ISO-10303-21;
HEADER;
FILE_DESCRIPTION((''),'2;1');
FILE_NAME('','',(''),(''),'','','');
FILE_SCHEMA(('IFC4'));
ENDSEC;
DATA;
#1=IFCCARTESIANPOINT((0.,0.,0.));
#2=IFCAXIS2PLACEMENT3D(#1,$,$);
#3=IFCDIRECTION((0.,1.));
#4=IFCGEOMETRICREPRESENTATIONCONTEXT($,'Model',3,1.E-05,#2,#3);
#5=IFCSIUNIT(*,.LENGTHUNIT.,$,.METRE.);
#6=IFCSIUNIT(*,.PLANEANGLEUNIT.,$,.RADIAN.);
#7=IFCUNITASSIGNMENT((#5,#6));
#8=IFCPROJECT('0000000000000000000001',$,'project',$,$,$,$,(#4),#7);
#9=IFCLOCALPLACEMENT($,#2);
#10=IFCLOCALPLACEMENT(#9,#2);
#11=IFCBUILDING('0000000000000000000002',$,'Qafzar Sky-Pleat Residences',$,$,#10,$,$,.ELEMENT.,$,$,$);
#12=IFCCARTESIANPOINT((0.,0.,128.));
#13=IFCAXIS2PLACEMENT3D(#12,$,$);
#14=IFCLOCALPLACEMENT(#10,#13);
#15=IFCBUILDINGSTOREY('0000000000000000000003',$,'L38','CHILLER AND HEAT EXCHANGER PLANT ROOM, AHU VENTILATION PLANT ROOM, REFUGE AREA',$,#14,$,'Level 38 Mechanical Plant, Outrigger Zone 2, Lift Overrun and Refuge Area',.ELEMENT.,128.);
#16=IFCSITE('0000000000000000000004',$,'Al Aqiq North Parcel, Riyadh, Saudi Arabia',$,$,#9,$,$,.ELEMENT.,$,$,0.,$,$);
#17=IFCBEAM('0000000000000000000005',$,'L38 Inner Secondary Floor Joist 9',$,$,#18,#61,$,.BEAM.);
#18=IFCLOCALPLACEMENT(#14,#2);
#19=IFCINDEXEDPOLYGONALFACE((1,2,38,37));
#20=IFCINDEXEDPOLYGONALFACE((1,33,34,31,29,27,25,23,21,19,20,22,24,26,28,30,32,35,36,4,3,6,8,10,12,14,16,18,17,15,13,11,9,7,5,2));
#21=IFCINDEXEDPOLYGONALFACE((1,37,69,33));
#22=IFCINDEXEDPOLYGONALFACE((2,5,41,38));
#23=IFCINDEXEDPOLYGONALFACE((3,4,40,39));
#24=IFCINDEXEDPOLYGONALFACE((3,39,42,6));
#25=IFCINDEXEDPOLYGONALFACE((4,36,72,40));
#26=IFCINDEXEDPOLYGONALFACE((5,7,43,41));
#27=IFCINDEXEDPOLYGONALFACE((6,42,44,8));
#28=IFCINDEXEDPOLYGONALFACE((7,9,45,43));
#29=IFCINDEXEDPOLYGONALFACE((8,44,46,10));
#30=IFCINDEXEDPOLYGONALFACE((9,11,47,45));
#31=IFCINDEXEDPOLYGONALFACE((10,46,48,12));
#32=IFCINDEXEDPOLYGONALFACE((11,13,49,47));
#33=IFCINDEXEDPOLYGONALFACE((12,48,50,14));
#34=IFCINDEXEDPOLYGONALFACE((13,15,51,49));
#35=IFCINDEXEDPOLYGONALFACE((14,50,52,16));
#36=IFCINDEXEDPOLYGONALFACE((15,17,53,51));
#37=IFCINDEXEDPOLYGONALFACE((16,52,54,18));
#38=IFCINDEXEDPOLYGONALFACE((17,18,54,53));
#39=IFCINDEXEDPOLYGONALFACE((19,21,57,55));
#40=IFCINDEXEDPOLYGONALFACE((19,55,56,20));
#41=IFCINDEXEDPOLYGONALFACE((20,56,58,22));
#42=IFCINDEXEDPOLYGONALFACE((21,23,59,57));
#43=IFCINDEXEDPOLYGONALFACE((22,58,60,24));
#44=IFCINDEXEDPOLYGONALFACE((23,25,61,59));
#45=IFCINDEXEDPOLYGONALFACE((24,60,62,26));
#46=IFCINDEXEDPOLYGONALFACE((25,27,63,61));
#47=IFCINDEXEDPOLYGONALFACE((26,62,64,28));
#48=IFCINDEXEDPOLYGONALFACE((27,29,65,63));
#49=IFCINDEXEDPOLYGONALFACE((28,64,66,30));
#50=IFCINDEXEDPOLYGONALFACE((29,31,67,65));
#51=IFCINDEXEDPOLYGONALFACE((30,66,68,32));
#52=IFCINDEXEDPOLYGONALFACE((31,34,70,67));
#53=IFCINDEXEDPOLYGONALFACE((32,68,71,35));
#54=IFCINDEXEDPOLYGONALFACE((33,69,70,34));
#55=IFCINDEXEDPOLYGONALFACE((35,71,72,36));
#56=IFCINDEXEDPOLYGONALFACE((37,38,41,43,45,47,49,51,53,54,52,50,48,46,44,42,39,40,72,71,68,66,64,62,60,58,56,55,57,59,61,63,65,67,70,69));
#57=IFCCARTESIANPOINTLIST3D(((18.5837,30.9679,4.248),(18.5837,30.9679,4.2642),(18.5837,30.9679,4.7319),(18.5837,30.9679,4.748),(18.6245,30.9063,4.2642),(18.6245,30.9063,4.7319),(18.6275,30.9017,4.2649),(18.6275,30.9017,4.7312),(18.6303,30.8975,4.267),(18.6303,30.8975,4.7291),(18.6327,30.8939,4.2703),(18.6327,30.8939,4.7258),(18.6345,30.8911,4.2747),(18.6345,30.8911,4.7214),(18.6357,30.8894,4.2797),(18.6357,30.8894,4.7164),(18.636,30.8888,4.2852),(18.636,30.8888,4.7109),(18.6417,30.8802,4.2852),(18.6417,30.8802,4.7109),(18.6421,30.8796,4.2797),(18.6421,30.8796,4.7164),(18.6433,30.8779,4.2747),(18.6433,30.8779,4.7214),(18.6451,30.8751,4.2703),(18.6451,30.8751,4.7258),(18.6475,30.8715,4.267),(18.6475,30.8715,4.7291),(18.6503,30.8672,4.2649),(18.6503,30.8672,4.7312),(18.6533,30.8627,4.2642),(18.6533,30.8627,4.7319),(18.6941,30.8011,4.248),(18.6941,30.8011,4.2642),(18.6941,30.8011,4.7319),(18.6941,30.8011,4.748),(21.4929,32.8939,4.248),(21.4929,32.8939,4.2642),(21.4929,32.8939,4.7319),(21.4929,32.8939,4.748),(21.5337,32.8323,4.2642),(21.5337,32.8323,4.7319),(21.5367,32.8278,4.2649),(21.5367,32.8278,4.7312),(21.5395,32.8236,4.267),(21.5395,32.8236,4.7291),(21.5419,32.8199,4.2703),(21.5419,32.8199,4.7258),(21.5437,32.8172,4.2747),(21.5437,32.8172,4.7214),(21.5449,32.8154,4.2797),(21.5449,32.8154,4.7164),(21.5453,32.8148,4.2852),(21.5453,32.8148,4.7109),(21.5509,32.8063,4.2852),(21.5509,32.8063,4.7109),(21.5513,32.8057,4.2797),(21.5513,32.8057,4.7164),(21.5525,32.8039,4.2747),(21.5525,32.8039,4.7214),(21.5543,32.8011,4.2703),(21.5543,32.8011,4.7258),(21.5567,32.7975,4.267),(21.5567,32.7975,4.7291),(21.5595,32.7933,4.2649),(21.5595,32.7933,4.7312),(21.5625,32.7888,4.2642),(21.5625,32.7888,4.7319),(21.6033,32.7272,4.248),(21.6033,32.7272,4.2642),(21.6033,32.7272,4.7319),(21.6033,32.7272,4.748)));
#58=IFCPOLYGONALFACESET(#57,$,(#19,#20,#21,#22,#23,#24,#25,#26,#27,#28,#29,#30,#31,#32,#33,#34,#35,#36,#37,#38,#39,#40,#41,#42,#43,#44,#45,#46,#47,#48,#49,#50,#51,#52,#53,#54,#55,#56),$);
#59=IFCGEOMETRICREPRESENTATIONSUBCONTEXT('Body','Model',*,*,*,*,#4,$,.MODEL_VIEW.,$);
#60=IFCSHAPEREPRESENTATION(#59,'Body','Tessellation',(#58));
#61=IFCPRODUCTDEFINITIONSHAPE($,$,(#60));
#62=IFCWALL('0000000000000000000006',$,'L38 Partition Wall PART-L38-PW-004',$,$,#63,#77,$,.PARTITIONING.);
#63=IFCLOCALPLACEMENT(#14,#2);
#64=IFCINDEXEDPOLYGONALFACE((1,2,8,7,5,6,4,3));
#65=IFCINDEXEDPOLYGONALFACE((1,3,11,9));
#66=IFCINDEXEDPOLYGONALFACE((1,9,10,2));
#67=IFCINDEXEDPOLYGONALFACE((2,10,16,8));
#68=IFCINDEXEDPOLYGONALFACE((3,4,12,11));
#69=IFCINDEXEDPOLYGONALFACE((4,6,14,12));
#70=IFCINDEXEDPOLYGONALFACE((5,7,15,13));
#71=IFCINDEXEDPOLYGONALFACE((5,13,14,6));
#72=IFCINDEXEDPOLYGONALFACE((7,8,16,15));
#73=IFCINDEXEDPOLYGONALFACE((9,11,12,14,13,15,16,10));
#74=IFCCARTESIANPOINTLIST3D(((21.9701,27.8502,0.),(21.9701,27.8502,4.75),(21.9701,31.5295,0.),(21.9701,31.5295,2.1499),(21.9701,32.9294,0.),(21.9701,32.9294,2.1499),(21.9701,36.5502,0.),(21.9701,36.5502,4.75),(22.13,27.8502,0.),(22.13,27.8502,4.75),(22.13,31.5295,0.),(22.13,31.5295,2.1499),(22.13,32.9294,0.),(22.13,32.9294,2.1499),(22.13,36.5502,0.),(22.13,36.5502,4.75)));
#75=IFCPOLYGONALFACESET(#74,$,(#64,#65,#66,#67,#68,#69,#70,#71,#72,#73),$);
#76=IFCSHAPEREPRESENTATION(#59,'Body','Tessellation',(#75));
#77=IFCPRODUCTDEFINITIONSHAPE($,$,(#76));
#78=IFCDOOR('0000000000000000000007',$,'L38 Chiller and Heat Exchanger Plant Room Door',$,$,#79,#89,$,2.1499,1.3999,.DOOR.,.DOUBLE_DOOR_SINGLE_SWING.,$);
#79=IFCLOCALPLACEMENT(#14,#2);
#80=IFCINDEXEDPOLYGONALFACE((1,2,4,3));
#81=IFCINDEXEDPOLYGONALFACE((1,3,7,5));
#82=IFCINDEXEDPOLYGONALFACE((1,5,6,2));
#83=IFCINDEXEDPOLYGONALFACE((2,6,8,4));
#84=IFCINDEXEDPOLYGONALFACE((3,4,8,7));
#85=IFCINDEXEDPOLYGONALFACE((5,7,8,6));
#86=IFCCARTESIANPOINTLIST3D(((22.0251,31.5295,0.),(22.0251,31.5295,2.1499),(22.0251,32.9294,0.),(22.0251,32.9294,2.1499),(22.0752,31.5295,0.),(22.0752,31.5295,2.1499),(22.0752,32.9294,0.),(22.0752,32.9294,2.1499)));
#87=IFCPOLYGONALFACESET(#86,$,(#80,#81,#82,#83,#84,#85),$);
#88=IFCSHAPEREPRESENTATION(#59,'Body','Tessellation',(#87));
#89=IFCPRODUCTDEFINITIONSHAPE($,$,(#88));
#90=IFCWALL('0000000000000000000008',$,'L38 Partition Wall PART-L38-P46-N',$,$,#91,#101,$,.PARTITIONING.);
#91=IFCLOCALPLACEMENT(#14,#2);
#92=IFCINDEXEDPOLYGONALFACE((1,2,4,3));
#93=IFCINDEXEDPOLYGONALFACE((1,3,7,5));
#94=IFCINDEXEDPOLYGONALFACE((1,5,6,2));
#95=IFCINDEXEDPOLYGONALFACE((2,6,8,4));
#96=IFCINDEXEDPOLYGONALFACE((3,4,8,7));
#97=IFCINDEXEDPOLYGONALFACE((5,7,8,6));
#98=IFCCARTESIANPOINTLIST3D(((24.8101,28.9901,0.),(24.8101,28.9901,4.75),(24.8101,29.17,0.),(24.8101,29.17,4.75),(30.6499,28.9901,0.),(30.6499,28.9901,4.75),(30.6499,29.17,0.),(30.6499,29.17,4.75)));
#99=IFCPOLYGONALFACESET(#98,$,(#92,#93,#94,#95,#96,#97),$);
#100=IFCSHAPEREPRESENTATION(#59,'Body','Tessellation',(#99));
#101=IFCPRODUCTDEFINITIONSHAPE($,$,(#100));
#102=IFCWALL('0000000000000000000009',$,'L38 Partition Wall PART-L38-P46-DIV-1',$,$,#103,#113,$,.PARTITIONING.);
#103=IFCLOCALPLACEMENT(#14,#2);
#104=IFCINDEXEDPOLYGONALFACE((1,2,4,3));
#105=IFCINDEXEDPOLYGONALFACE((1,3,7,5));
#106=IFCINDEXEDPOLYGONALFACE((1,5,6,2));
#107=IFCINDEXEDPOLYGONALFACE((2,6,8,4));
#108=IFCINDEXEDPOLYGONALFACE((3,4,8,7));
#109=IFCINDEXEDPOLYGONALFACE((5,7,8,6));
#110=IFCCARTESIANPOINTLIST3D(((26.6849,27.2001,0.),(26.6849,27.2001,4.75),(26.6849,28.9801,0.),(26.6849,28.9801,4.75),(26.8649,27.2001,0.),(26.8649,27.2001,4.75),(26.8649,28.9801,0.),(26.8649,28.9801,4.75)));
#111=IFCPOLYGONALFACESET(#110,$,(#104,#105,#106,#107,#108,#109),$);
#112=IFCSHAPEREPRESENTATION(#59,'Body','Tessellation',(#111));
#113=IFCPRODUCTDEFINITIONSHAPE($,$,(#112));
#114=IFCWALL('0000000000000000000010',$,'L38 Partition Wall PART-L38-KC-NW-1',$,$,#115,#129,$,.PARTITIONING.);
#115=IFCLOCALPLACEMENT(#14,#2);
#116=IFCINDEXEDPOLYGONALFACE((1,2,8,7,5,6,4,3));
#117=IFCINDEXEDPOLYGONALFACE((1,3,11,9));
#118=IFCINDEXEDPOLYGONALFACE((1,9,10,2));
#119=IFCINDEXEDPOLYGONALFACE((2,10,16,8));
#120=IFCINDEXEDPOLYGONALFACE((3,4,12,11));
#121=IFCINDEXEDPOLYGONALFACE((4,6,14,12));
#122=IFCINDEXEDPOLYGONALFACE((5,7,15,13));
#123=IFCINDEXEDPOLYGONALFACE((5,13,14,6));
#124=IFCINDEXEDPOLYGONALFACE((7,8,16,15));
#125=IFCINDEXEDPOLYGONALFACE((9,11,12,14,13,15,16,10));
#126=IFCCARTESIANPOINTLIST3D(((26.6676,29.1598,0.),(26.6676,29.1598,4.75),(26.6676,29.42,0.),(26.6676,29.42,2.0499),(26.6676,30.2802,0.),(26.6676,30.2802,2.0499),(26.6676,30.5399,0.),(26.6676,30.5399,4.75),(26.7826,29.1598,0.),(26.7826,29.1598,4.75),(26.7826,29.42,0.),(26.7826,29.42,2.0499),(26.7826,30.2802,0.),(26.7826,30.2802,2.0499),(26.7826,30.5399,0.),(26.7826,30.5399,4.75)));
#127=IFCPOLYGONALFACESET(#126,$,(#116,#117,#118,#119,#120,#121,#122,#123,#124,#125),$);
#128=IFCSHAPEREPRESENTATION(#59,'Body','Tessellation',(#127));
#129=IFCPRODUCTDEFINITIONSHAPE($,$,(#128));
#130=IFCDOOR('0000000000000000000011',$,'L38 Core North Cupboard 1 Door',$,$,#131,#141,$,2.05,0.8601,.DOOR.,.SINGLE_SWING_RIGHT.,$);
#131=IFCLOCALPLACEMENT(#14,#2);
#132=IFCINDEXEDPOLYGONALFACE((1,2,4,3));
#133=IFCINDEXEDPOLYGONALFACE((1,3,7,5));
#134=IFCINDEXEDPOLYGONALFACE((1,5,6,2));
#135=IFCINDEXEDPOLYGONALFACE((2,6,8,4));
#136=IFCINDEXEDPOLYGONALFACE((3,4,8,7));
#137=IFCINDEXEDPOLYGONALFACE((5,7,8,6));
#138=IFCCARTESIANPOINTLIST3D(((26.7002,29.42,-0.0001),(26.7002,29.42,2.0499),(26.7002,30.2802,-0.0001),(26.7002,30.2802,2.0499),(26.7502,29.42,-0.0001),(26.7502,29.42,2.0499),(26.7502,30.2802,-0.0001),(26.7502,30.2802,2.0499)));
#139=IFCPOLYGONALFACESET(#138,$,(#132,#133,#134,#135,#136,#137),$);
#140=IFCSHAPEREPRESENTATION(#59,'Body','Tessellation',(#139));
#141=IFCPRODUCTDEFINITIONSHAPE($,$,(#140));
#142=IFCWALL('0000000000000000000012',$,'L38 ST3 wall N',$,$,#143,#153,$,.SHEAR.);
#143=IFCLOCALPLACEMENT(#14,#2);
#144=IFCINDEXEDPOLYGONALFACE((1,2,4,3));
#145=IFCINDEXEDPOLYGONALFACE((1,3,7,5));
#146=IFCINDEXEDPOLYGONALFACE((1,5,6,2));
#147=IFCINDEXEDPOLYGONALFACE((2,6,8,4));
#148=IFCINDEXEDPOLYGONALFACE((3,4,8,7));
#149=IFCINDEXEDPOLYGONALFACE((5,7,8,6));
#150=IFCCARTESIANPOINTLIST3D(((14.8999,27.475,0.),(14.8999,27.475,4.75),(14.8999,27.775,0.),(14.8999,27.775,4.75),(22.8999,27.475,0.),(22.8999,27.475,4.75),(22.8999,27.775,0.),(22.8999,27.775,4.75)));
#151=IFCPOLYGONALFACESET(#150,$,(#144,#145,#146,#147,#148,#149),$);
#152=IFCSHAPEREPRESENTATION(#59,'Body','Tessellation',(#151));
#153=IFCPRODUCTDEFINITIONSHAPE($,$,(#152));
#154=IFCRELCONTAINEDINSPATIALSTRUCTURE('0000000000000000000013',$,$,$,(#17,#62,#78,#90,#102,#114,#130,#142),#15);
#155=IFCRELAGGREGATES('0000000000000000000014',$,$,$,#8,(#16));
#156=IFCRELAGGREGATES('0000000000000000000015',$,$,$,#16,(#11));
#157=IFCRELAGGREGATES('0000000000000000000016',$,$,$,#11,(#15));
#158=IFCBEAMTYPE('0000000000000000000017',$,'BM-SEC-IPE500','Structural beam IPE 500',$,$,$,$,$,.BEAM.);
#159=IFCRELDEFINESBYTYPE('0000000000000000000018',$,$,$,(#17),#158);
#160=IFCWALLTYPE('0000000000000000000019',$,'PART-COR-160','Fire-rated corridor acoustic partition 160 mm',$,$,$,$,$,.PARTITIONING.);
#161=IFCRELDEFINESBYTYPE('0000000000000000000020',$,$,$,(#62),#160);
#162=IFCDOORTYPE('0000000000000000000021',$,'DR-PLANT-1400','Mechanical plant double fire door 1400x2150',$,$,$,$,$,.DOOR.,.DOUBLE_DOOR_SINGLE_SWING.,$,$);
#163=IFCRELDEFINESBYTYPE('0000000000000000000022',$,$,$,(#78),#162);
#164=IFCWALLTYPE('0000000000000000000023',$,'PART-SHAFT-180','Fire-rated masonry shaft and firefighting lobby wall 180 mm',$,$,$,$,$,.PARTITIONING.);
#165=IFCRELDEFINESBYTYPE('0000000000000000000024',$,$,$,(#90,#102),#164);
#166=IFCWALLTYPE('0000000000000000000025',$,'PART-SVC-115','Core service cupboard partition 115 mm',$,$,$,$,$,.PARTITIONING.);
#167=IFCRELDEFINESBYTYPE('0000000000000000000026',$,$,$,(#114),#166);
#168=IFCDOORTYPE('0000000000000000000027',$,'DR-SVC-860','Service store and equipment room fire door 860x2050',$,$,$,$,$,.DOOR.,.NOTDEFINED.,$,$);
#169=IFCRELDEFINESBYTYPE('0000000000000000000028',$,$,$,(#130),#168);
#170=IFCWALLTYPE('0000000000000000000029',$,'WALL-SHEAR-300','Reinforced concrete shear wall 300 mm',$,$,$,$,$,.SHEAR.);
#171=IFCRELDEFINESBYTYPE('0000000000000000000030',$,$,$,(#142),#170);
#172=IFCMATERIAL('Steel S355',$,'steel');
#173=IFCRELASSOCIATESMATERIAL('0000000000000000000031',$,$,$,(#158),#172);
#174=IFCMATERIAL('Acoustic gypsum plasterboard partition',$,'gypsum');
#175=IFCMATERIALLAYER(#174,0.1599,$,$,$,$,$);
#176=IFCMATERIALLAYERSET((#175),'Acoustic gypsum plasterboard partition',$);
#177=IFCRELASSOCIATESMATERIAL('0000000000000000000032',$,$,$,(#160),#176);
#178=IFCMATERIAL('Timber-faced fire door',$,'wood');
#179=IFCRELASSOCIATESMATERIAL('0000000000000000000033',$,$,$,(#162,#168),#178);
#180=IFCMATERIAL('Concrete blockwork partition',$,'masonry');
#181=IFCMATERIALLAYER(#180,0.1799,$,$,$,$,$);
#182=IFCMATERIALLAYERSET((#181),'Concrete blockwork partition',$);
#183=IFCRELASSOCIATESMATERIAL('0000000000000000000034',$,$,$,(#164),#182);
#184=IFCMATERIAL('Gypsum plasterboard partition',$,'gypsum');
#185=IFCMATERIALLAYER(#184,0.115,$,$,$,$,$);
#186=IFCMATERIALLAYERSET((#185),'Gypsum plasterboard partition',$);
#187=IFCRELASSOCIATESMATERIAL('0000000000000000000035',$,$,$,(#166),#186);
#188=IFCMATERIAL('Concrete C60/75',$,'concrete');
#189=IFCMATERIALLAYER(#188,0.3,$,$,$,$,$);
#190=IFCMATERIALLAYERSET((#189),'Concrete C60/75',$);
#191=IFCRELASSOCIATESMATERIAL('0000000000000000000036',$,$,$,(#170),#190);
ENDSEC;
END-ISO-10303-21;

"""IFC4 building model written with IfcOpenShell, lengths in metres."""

from ifc_helpers import new_model, si_unit, direction, frame, frame_2d, origin, origin_2d, place, context, subcontext, project, spatial, rectangle, i_section, extrude, source, transform, mapped, material, layer, layer_set, material_profile, profile_set, type_object, element, fill, save


model = new_model("IFC4")

# Units and contexts
model_context = context("Model", 3, precision=1e-05, world=origin(), true_north=direction((0.0, 1.0)))
body_context = subcontext(model_context, "Body", "Model", "MODEL_VIEW")
ifc_project = project(units=[si_unit("LENGTHUNIT", "METRE"), si_unit("PLANEANGLEUNIT", "RADIAN")], contexts=[model_context])

# Site, building, storey
site_placement = place(None, origin())
site = spatial("IfcSite", under=ifc_project, at=site_placement, Name="Al Aqiq North Parcel, Riyadh, Saudi Arabia", CompositionType="ELEMENT", RefElevation=0.0)
building_placement = place(site_placement, origin())
building = spatial("IfcBuilding", under=site, at=building_placement, Name="Qafzar Sky-Pleat Residences", CompositionType="ELEMENT")
storey_placement = place(building_placement, frame((0.0, 0.0, 128.0)))
storey = spatial("IfcBuildingStorey", under=building, at=storey_placement, Name="L38", Description="CHILLER AND HEAT EXCHANGER PLANT ROOM, AHU VENTILATION PLANT ROOM, REFUGE AREA", LongName="Level 38 Mechanical Plant, Outrigger Zone 2, Lift Overrun and Refuge Area", CompositionType="ELEMENT", Elevation=128.0)

# Beam
ifc_material_1 = material(Name="Steel S355", Category="steel")
ifc_material_profile = material_profile(ifc_material_1, i_section(OverallWidth=0.2, OverallDepth=0.5, WebThickness=0.0103, FlangeThickness=0.0161, FilletRadius=0.021, at=origin_2d()), Name="IPE 500")
ifc_profile_set = profile_set([ifc_material_profile], Name="Steel S355")
beam_type = type_object("IfcBeamType", Name="BM-SEC-IPE500", Description="Structural beam IPE 500", PredefinedType="BEAM", material=ifc_profile_set)
shared_shape_1 = source(origin(), body_context, "Body", "SweptSolid", [
    extrude(i_section(OverallWidth=0.2, OverallDepth=0.5, WebThickness=0.0103, FlangeThickness=0.0161, FilletRadius=0.021, at=origin_2d()), origin(), (0.0, 0.0, 1.0), 3.489),
])
beam_placement = place(storey_placement, frame((21.5481, 32.8105, 4.498), z_axis=(-0.833822, -0.552033, 0.0), x_axis=(0.552033, -0.833822, 0.0)))
element("IfcBeam", 1, at=beam_placement, inside=storey, type_object=beam_type, Name="L38 Inner Secondary Floor Joist 9", PredefinedType="BEAM", context=body_context, shape_type="MappedRepresentation", body=[
    mapped(shared_shape_1, transform((0.0, 0.0, 0.0), x_axis=(1.0, 0.0, 0.0), y_axis=(0.0, 1.0, 0.0), z_axis=(0.0, 0.0, 1.0), scale=1.0)),
])

# Wall, opening, door
ifc_material_2 = material(Name="Acoustic gypsum plasterboard partition", Category="gypsum")
ifc_layer_1 = layer(ifc_material_2, 0.1599)
ifc_layer_set_1 = layer_set([ifc_layer_1], Name="Acoustic gypsum plasterboard partition")
wall_type_1 = type_object("IfcWallType", Name="PART-COR-160", Description="Fire-rated corridor acoustic partition 160 mm", PredefinedType="PARTITIONING", material=ifc_layer_set_1)
wall_1_placement = place(storey_placement, frame((22.05, 27.8501, 0.0), z_axis=(0.0, 0.0, 1.0), x_axis=(0.0, 1.0, 0.0)))
wall_1 = element("IfcWall", 2, at=wall_1_placement, inside=storey, type_object=wall_type_1, Name="L38 Partition Wall PART-L38-PW-004", PredefinedType="PARTITIONING", context=body_context, shape_type="SweptSolid", body=[
    extrude(rectangle(XDim=8.7, YDim=0.1599, at=frame_2d((4.3501, 0.0))), origin(), (0.0, 0.0, 1.0), 4.75),
])
opening_1_placement = place(wall_1_placement, frame((3.6794, 0.0, 0.0)))
opening_1 = element("IfcOpeningElement", 3, at=opening_1_placement, cuts=wall_1, PredefinedType="OPENING", context=body_context, shape_type="SweptSolid", body=[
    extrude(rectangle(XDim=1.3999, YDim=2.1499, at=frame_2d((0.7, 1.075))), frame((0.0, 0.0898, 0.0), z_axis=(0.0, -1.0, 0.0), x_axis=(1.0, 0.0, 0.0)), (0.0, 0.0, 1.0), 0.1799),
])
ifc_material_3 = material(Name="Timber-faced fire door", Category="wood")
door_type_1 = type_object("IfcDoorType", Name="DR-PLANT-1400", Description="Mechanical plant double fire door 1400x2150", OperationType="DOUBLE_DOOR_SINGLE_SWING", PredefinedType="DOOR", material=ifc_material_3)
shared_shape_2 = source(origin(), body_context, "Body", "SweptSolid", [
    extrude(rectangle(XDim=1.3999, YDim=2.1499, at=frame_2d((0.7, 1.075))), frame((0.0, 0.0249, 0.0), z_axis=(0.0, -1.0, 0.0), x_axis=(1.0, 0.0, 0.0)), (0.0, 0.0, 1.0), 0.05),
])
door_1_placement = place(opening_1_placement, origin())
door_1 = element("IfcDoor", 4, at=door_1_placement, inside=storey, type_object=door_type_1, Name="L38 Chiller and Heat Exchanger Plant Room Door", OperationType="DOUBLE_DOOR_SINGLE_SWING", OverallHeight=2.1499, OverallWidth=1.3999, PredefinedType="DOOR", context=body_context, shape_type="MappedRepresentation", body=[
    mapped(shared_shape_2, transform((0.0, 0.0, 0.0), x_axis=(1.0, 0.0, 0.0), y_axis=(0.0, 1.0, 0.0), z_axis=(0.0, 0.0, 1.0), scale=1.0)),
])
fill(opening_1, door_1)

# Wall
ifc_material_4 = material(Name="Concrete blockwork partition", Category="masonry")
ifc_layer_2 = layer(ifc_material_4, 0.1799)
ifc_layer_set_2 = layer_set([ifc_layer_2], Name="Concrete blockwork partition")
wall_type_2 = type_object("IfcWallType", Name="PART-SHAFT-180", Description="Fire-rated masonry shaft and firefighting lobby wall 180 mm", PredefinedType="PARTITIONING", material=ifc_layer_set_2)
wall_2_placement = place(storey_placement, frame((24.8101, 29.0801, 0.0), z_axis=(0.0, 0.0, 1.0), x_axis=(1.0, 0.0, 0.0)))
element("IfcWall", 5, at=wall_2_placement, inside=storey, type_object=wall_type_2, Name="L38 Partition Wall PART-L38-P46-N", PredefinedType="PARTITIONING", context=body_context, shape_type="SweptSolid", body=[
    extrude(rectangle(XDim=5.8398, YDim=0.1799, at=frame_2d((2.9199, 0.0))), origin(), (0.0, 0.0, 1.0), 4.75),
])

# Wall
wall_3_placement = place(storey_placement, frame((26.7749, 27.2, 0.0), z_axis=(0.0, 0.0, 1.0), x_axis=(0.0, 1.0, 0.0)))
element("IfcWall", 6, at=wall_3_placement, inside=storey, type_object=wall_type_2, Name="L38 Partition Wall PART-L38-P46-DIV-1", PredefinedType="PARTITIONING", context=body_context, shape_type="SweptSolid", body=[
    extrude(rectangle(XDim=1.78, YDim=0.1799, at=frame_2d((0.8901, 0.0))), origin(), (0.0, 0.0, 1.0), 4.75),
])

# Wall, opening, door
ifc_material_5 = material(Name="Gypsum plasterboard partition", Category="gypsum")
ifc_layer_3 = layer(ifc_material_5, 0.115)
ifc_layer_set_3 = layer_set([ifc_layer_3], Name="Gypsum plasterboard partition")
wall_type_3 = type_object("IfcWallType", Name="PART-SVC-115", Description="Core service cupboard partition 115 mm", PredefinedType="PARTITIONING", material=ifc_layer_set_3)
wall_4_placement = place(storey_placement, frame((26.7251, 29.1599, 0.0), z_axis=(0.0, 0.0, 1.0), x_axis=(0.0, 1.0, 0.0)))
wall_4 = element("IfcWall", 7, at=wall_4_placement, inside=storey, type_object=wall_type_3, Name="L38 Partition Wall PART-L38-KC-NW-1", PredefinedType="PARTITIONING", context=body_context, shape_type="SweptSolid", body=[
    extrude(rectangle(XDim=1.3801, YDim=0.115, at=frame_2d((0.6899, 0.0))), origin(), (0.0, 0.0, 1.0), 4.75),
])
opening_2_placement = place(wall_4_placement, frame((0.26, 0.0, 0.0)))
opening_2 = element("IfcOpeningElement", 8, at=opening_2_placement, cuts=wall_4, PredefinedType="OPENING", context=body_context, shape_type="SweptSolid", body=[
    extrude(rectangle(XDim=0.8601, YDim=2.05, at=frame_2d((0.4302, 1.0249))), frame((0.0, 0.0674, 0.0), z_axis=(0.0, -1.0, 0.0), x_axis=(1.0, 0.0, 0.0)), (0.0, 0.0, 1.0), 0.135),
])
door_type_2 = type_object("IfcDoorType", Name="DR-SVC-860", Description="Service store and equipment room fire door 860x2050", OperationType="NOTDEFINED", PredefinedType="DOOR", material=ifc_material_3)
shared_shape_3 = source(origin(), body_context, "Body", "SweptSolid", [
    extrude(rectangle(XDim=0.8601, YDim=2.05, at=frame_2d((0.4302, 1.0249))), frame((0.0, 0.0249, 0.0), z_axis=(0.0, -1.0, 0.0), x_axis=(1.0, 0.0, 0.0)), (0.0, 0.0, 1.0), 0.05),
])
door_2_placement = place(opening_2_placement, origin())
door_2 = element("IfcDoor", 9, at=door_2_placement, inside=storey, type_object=door_type_2, Name="L38 Core North Cupboard 1 Door", OperationType="SINGLE_SWING_RIGHT", OverallHeight=2.05, OverallWidth=0.8601, PredefinedType="DOOR", context=body_context, shape_type="MappedRepresentation", body=[
    mapped(shared_shape_3, transform((0.0, 0.0, 0.0), x_axis=(1.0, 0.0, 0.0), y_axis=(0.0, 1.0, 0.0), z_axis=(0.0, 0.0, 1.0), scale=1.0)),
])
fill(opening_2, door_2)

# Shared definitions
ifc_material_6 = material(Name="Concrete C60/75", Category="concrete")
ifc_layer_4 = layer(ifc_material_6, 0.3)
ifc_layer_set_4 = layer_set([ifc_layer_4], Name="Concrete C60/75")
wall_type_4 = type_object("IfcWallType", Name="WALL-SHEAR-300", Description="Reinforced concrete shear wall 300 mm", PredefinedType="SHEAR", material=ifc_layer_set_4)

# Wall
wall_5_placement = place(storey_placement, frame((22.8999, 27.625, 0.0), z_axis=(0.0, 0.0, 1.0), x_axis=(-1.0, 0.0, 0.0)))
element("IfcWall", 10, at=wall_5_placement, inside=storey, type_object=wall_type_4, Name="L38 ST3 wall N", PredefinedType="SHEAR", context=body_context, shape_type="SweptSolid", body=[
    extrude(rectangle(XDim=8.0, YDim=0.3, at=frame_2d((4.0, 0.0))), origin(), (0.0, 0.0, 1.0), 4.75),
])

save(model, "model.ifc")
